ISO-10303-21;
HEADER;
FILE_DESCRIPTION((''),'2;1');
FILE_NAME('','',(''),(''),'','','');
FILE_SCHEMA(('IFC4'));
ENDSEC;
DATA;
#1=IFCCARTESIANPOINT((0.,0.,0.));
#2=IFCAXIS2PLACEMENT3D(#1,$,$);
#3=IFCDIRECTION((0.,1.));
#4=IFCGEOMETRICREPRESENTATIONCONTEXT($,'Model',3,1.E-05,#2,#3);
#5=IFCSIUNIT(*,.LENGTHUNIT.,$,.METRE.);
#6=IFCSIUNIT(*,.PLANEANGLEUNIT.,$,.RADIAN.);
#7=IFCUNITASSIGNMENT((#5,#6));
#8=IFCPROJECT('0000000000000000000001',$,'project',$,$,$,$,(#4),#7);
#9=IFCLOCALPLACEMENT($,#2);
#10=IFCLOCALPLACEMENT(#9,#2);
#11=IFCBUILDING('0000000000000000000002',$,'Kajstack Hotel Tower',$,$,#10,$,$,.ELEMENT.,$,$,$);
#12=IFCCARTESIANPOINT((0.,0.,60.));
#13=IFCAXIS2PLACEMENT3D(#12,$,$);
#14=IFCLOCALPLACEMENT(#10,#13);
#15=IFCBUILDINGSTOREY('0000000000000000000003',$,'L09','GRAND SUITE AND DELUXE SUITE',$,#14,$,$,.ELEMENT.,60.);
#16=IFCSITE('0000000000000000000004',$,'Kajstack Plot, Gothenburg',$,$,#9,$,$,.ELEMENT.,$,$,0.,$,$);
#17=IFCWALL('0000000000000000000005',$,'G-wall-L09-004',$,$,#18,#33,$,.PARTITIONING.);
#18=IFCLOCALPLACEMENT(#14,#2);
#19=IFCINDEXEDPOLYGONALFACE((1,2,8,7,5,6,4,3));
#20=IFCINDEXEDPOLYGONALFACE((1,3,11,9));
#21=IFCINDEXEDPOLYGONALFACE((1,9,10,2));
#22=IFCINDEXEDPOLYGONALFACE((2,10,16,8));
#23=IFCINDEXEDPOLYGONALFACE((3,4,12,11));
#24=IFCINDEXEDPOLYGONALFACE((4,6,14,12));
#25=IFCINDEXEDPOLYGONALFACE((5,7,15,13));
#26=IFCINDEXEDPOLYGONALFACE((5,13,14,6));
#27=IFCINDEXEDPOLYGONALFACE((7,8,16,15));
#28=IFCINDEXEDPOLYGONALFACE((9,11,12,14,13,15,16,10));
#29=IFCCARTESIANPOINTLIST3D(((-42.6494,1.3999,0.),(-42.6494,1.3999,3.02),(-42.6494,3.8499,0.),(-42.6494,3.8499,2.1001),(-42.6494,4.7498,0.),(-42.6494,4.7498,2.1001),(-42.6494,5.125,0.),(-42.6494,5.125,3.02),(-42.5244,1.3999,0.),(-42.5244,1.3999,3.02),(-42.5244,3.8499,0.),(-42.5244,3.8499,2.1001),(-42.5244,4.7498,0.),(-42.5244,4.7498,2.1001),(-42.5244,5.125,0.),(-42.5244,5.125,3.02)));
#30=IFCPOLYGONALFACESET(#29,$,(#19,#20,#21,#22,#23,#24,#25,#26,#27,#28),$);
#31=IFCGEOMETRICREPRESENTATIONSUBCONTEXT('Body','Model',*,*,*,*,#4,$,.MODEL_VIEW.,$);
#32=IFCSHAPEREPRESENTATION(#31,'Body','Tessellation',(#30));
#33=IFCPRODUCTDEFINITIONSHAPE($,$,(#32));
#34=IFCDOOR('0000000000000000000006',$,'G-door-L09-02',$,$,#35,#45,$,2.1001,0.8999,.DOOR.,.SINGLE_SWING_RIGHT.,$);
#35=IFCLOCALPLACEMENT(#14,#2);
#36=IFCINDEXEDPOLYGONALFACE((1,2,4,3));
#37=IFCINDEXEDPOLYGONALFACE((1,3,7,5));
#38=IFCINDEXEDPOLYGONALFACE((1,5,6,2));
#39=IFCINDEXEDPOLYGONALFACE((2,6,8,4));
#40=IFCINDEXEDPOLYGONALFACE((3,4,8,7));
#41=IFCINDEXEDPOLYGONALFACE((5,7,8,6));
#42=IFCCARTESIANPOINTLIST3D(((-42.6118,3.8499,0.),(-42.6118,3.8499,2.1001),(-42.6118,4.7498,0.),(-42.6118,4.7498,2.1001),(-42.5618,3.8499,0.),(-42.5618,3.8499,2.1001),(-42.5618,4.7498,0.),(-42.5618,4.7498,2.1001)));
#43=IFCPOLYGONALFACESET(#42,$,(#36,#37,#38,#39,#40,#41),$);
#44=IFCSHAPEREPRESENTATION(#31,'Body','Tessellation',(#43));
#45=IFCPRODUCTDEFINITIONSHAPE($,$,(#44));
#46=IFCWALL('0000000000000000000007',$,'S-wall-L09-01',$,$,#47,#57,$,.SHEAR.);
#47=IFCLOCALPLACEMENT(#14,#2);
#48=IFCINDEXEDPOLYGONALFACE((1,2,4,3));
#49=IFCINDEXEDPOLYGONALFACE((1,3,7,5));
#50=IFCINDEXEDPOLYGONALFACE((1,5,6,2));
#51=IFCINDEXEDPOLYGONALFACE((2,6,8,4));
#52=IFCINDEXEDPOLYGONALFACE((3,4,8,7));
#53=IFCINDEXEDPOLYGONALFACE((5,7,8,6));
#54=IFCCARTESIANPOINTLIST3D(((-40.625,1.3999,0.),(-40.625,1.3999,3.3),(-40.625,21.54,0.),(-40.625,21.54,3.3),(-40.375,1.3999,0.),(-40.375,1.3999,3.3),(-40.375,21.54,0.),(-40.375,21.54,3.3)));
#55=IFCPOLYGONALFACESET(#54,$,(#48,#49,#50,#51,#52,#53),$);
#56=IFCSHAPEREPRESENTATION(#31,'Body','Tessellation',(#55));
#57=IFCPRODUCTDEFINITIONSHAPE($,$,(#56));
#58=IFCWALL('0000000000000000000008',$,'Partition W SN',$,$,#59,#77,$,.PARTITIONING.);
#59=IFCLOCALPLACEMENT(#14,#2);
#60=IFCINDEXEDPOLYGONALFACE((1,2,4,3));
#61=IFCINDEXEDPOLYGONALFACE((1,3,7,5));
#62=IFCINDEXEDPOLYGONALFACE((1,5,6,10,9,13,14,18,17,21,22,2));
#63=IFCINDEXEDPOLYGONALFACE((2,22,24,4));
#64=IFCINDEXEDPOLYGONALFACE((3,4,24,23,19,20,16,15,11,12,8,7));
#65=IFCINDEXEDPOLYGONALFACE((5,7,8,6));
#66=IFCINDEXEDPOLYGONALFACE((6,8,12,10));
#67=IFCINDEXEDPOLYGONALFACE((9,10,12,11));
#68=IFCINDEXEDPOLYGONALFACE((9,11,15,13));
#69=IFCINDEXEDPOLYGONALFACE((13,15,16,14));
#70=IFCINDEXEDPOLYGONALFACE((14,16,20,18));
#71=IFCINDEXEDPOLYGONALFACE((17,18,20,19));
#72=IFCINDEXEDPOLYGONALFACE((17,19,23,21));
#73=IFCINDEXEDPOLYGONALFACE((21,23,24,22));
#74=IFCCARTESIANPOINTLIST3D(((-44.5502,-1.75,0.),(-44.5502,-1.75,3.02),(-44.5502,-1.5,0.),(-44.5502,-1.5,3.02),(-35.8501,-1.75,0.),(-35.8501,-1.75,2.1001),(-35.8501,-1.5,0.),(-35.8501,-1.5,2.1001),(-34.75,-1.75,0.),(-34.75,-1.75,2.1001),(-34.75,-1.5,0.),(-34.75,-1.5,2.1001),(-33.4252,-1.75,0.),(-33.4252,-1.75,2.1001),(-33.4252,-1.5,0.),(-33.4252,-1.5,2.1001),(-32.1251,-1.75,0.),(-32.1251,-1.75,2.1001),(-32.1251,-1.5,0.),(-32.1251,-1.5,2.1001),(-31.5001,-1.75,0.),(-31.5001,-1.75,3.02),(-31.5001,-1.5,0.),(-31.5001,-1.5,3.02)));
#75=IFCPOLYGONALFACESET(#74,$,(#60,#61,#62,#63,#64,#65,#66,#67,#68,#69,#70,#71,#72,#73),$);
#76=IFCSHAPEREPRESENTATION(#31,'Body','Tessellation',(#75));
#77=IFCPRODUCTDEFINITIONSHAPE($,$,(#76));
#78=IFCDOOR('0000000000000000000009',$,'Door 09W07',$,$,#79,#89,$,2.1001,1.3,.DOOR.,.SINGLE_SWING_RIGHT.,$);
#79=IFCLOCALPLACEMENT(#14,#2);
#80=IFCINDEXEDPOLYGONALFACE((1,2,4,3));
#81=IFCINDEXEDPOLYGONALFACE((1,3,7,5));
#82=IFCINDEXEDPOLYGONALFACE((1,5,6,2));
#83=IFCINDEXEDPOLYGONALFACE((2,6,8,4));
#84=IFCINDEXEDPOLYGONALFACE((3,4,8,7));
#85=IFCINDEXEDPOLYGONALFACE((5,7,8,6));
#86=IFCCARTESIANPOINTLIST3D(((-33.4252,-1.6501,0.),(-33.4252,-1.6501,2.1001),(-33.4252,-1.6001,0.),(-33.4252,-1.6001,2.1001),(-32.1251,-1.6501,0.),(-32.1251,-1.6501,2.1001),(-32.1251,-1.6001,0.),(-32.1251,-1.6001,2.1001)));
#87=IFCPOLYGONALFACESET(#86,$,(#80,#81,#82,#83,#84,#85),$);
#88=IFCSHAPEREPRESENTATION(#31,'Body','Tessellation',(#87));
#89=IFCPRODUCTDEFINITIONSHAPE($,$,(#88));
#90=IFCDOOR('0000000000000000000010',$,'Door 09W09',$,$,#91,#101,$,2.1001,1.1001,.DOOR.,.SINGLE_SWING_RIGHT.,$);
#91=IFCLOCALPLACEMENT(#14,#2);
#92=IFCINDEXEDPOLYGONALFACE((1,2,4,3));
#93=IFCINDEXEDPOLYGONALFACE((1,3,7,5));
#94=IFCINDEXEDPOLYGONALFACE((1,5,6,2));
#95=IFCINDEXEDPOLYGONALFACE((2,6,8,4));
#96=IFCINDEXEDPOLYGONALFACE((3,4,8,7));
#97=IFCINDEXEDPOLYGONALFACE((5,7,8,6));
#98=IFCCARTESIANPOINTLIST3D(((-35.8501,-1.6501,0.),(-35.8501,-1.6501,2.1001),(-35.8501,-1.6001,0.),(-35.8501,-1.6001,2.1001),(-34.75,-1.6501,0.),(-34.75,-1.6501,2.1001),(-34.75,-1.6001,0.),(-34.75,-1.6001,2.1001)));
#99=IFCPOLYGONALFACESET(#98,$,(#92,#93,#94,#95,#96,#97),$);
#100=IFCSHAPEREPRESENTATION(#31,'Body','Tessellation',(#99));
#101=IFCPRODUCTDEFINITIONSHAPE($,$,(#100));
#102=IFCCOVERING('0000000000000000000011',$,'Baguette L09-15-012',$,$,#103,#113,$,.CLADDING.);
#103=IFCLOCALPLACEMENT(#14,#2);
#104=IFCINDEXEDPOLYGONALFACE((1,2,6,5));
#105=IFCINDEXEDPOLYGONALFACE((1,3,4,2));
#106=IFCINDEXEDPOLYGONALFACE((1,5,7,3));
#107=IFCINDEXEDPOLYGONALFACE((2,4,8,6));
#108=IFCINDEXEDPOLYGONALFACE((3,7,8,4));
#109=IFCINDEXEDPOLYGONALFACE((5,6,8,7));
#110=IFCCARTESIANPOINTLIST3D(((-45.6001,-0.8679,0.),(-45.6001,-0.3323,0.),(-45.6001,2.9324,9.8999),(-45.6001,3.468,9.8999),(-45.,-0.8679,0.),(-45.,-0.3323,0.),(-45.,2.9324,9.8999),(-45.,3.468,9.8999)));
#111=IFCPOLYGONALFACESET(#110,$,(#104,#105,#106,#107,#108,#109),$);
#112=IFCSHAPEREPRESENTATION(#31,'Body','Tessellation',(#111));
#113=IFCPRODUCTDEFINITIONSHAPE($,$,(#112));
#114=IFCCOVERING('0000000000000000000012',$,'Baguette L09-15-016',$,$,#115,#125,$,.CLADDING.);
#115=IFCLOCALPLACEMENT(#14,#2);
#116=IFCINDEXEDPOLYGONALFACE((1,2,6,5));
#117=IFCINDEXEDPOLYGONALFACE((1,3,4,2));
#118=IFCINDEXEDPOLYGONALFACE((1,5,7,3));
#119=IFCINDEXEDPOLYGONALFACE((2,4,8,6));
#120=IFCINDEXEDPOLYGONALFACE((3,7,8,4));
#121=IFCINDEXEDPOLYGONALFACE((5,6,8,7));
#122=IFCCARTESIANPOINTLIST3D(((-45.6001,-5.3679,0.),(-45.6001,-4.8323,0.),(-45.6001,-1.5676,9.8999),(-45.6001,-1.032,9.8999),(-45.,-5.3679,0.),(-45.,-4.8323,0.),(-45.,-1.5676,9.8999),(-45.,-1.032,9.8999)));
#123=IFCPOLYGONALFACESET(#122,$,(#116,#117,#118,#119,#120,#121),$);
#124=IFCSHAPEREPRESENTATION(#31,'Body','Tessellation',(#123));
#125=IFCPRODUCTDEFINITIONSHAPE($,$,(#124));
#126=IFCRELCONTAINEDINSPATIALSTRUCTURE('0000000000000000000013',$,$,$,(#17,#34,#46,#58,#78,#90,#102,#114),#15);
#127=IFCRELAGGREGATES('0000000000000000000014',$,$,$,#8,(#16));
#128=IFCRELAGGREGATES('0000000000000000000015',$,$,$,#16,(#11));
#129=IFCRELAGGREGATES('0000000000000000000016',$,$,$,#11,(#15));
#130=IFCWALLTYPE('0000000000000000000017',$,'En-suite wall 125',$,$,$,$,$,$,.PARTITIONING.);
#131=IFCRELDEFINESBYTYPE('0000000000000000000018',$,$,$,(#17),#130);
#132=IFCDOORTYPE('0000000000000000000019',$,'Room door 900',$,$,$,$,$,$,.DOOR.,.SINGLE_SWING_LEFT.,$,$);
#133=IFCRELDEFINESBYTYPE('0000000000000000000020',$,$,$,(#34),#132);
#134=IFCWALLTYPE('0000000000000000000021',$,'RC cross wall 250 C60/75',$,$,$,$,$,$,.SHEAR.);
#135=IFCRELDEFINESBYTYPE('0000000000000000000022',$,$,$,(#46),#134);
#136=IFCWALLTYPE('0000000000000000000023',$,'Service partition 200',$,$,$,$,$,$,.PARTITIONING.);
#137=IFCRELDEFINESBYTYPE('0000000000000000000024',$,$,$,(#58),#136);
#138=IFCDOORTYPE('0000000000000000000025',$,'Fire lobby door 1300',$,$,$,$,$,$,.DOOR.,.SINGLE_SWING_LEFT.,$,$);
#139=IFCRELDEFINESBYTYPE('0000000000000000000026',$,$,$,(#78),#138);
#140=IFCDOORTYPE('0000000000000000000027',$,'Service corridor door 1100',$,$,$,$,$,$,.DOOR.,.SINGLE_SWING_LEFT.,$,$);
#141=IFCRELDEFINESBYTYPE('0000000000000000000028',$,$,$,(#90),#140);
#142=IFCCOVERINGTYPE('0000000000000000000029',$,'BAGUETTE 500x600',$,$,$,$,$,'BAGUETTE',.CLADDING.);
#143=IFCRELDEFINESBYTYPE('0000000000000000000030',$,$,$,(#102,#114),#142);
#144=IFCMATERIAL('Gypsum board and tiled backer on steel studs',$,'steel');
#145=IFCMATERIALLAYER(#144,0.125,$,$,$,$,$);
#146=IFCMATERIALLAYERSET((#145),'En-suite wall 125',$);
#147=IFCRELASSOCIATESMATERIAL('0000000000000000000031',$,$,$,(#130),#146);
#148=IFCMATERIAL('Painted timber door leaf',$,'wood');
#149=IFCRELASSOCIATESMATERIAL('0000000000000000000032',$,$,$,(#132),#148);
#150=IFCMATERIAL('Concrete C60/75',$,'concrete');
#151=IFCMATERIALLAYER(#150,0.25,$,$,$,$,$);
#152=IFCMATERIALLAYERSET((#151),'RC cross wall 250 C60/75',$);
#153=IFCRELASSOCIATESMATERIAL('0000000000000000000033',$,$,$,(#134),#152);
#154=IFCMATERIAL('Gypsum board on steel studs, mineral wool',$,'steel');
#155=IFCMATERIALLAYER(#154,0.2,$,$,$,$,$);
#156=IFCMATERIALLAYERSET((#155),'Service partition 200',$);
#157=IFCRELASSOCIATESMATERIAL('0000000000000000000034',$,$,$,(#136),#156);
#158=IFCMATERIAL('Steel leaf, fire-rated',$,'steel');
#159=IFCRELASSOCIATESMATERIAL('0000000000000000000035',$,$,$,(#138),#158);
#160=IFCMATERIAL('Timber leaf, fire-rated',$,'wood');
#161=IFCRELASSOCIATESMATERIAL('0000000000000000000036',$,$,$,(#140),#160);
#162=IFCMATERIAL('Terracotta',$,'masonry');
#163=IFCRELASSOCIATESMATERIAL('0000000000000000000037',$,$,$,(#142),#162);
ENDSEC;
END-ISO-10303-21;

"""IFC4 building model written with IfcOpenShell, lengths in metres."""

from ifc_helpers import new_model, si_unit, direction, frame, frame_2d, origin, origin_2d, place, context, subcontext, project, spatial, polyline, rectangle, outline, extrude, material, layer, layer_set, material_profile, profile_set, type_object, element, fill, save


model = new_model("IFC4")

# Units and contexts
model_context = context("Model", 3, precision=1e-05, world=origin(), true_north=direction((0.0, 1.0)))
body_context = subcontext(model_context, "Body", "Model", "MODEL_VIEW")
ifc_project = project(units=[si_unit("LENGTHUNIT", "METRE"), si_unit("PLANEANGLEUNIT", "RADIAN")], contexts=[model_context])

# Site, building, storey
site_placement = place(None, origin())
site = spatial("IfcSite", under=ifc_project, at=site_placement, Name="Kajstack Plot, Gothenburg", CompositionType="ELEMENT", RefElevation=0.0)
building_placement = place(site_placement, origin())
building = spatial("IfcBuilding", under=site, at=building_placement, Name="Kajstack Hotel Tower", CompositionType="ELEMENT")
storey_placement = place(building_placement, frame((0.0, 0.0, 60.0)))
storey = spatial("IfcBuildingStorey", under=building, at=storey_placement, Name="L09", Description="GRAND SUITE AND DELUXE SUITE", CompositionType="ELEMENT", Elevation=60.0)

# Shared definitions
ifc_material_1 = material(Name="Gypsum board on steel studs, mineral wool", Category="steel")

# Wall, opening, door
ifc_material_2 = material(Name="Gypsum board and tiled backer on steel studs", Category="steel")
ifc_layer_1 = layer(ifc_material_2, 0.125)
ifc_layer_set_1 = layer_set([ifc_layer_1], Name="En-suite wall 125")
wall_type_1 = type_object("IfcWallType", Name="En-suite wall 125", PredefinedType="PARTITIONING", material=ifc_layer_set_1)
wall_1_placement = place(storey_placement, frame((-42.5869, 1.3999, 0.0), z_axis=(0.0, 0.0, 1.0), x_axis=(0.0, 1.0, 0.0)))
wall_1 = element("IfcWall", 1, at=wall_1_placement, inside=storey, type_object=wall_type_1, Name="G-wall-L09-004", PredefinedType="PARTITIONING", context=body_context, shape_type="SweptSolid", body=[
    extrude(rectangle(XDim=3.7251, YDim=0.125, at=frame_2d((1.8625, 0.0))), origin(), (0.0, 0.0, 1.0), 3.02),
])
opening_1_placement = place(wall_1_placement, frame((2.45, 0.0, 0.0)))
opening_1 = element("IfcOpeningElement", 2, at=opening_1_placement, cuts=wall_1, PredefinedType="OPENING", context=body_context, shape_type="SweptSolid", body=[
    extrude(rectangle(XDim=0.8999, YDim=2.1001, at=frame_2d((0.45, 1.05))), frame((0.0, 0.0725, 0.0), z_axis=(0.0, -1.0, 0.0), x_axis=(1.0, 0.0, 0.0)), (0.0, 0.0, 1.0), 0.145),
])
ifc_material_3 = material(Name="Painted timber door leaf", Category="wood")
door_type_1 = type_object("IfcDoorType", Name="Room door 900", OperationType="SINGLE_SWING_LEFT", PredefinedType="DOOR", material=ifc_material_3)
door_1_placement = place(opening_1_placement, origin())
door_1 = element("IfcDoor", 3, at=door_1_placement, inside=storey, type_object=door_type_1, Name="G-door-L09-02", OperationType="SINGLE_SWING_RIGHT", OverallHeight=2.1001, OverallWidth=0.8999, PredefinedType="DOOR", context=body_context, shape_type="SweptSolid", body=[
    extrude(rectangle(XDim=0.8999, YDim=2.1001, at=frame_2d((0.45, 1.05))), frame((0.0, 0.0249, 0.0), z_axis=(0.0, -1.0, 0.0), x_axis=(1.0, 0.0, 0.0)), (0.0, 0.0, 1.0), 0.05),
])
fill(opening_1, door_1)

# Wall
ifc_material_4 = material(Name="Concrete C60/75", Category="concrete")
ifc_layer_2 = layer(ifc_material_4, 0.25)
ifc_layer_set_2 = layer_set([ifc_layer_2], Name="RC cross wall 250 C60/75")
wall_type_2 = type_object("IfcWallType", Name="RC cross wall 250 C60/75", PredefinedType="SHEAR", material=ifc_layer_set_2)
wall_2_placement = place(storey_placement, frame((-40.5, 1.3999, 0.0), z_axis=(0.0, 0.0, 1.0), x_axis=(0.0, 1.0, 0.0)))
element("IfcWall", 4, at=wall_2_placement, inside=storey, type_object=wall_type_2, Name="S-wall-L09-01", PredefinedType="SHEAR", context=body_context, shape_type="SweptSolid", body=[
    extrude(rectangle(XDim=20.1401, YDim=0.25, at=frame_2d((10.0701, 0.0))), origin(), (0.0, 0.0, 1.0), 3.3),
])

# Wall, openings, doors
ifc_layer_3 = layer(ifc_material_1, 0.2)
ifc_layer_set_3 = layer_set([ifc_layer_3], Name="Service partition 200")
wall_type_3 = type_object("IfcWallType", Name="Service partition 200", PredefinedType="PARTITIONING", material=ifc_layer_set_3)
wall_3_placement = place(storey_placement, frame((-44.55, -1.625, 0.0), z_axis=(0.0, 0.0, 1.0), x_axis=(1.0, 0.0, 0.0)))
wall_3 = element("IfcWall", 5, at=wall_3_placement, inside=storey, type_object=wall_type_3, Name="Partition W SN", PredefinedType="PARTITIONING", context=body_context, shape_type="SweptSolid", body=[
    extrude(rectangle(XDim=13.05, YDim=0.25, at=frame_2d((6.5249, 0.0))), origin(), (0.0, 0.0, 1.0), 3.02),
])
opening_2_placement = place(wall_3_placement, frame((11.125, 0.0, 0.0)))
opening_2 = element("IfcOpeningElement", 6, at=opening_2_placement, cuts=wall_3, PredefinedType="OPENING", context=body_context, shape_type="SweptSolid", body=[
    extrude(rectangle(XDim=1.3, YDim=2.1001, at=frame_2d((0.6499, 1.05))), frame((0.0, 0.135, 0.0), z_axis=(0.0, -1.0, 0.0), x_axis=(1.0, 0.0, 0.0)), (0.0, 0.0, 1.0), 0.27),
])
opening_3_placement = place(wall_3_placement, frame((8.7, 0.0, 0.0)))
opening_3 = element("IfcOpeningElement", 7, at=opening_3_placement, cuts=wall_3, PredefinedType="OPENING", context=body_context, shape_type="SweptSolid", body=[
    extrude(rectangle(XDim=1.1001, YDim=2.1001, at=frame_2d((0.55, 1.05))), frame((0.0, 0.135, 0.0), z_axis=(0.0, -1.0, 0.0), x_axis=(1.0, 0.0, 0.0)), (0.0, 0.0, 1.0), 0.27),
])
ifc_material_5 = material(Name="Steel leaf, fire-rated", Category="steel")
door_type_2 = type_object("IfcDoorType", Name="Fire lobby door 1300", OperationType="SINGLE_SWING_LEFT", PredefinedType="DOOR", material=ifc_material_5)
door_2_placement = place(opening_2_placement, origin())
door_2 = element("IfcDoor", 8, at=door_2_placement, inside=storey, type_object=door_type_2, Name="Door 09W07", OperationType="SINGLE_SWING_RIGHT", OverallHeight=2.1001, OverallWidth=1.3, PredefinedType="DOOR", context=body_context, shape_type="SweptSolid", body=[
    extrude(rectangle(XDim=1.3, YDim=2.1001, at=frame_2d((0.6499, 1.05))), frame((0.0, 0.0249, 0.0), z_axis=(0.0, -1.0, 0.0), x_axis=(1.0, 0.0, 0.0)), (0.0, 0.0, 1.0), 0.05),
])
fill(opening_2, door_2)
ifc_material_6 = material(Name="Timber leaf, fire-rated", Category="wood")
door_type_3 = type_object("IfcDoorType", Name="Service corridor door 1100", OperationType="SINGLE_SWING_LEFT", PredefinedType="DOOR", material=ifc_material_6)
door_3_placement = place(opening_3_placement, origin())
door_3 = element("IfcDoor", 9, at=door_3_placement, inside=storey, type_object=door_type_3, Name="Door 09W09", OperationType="SINGLE_SWING_RIGHT", OverallHeight=2.1001, OverallWidth=1.1001, PredefinedType="DOOR", context=body_context, shape_type="SweptSolid", body=[
    extrude(rectangle(XDim=1.1001, YDim=2.1001, at=frame_2d((0.55, 1.05))), frame((0.0, 0.0249, 0.0), z_axis=(0.0, -1.0, 0.0), x_axis=(1.0, 0.0, 0.0)), (0.0, 0.0, 1.0), 0.05),
])
fill(opening_3, door_3)

# Coverings
ifc_material_7 = material(Name="Terracotta", Category="masonry")
ifc_material_profile = material_profile(ifc_material_7, rectangle(XDim=0.6001, YDim=0.5, at=origin_2d()), Name="Terracotta-clad concrete baguette 500 x 600")
ifc_profile_set = profile_set([ifc_material_profile], Name="Terracotta")
covering_type = type_object("IfcCoveringType", Name="BAGUETTE 500x600", ElementType="BAGUETTE", PredefinedType="CLADDING", material=ifc_profile_set)
for number, where, z_axis, x_axis, name in (
    (10, (-45.0, 3.468, 0.0), (-1.0, 0.0, 0.0), (0.0, -1.0, 0.0), "Baguette L09-15-012"),
    (11, (-45.0, -1.032, 0.0), (-1.0, 0.0, 0.0), (0.0, -1.0, 0.0), "Baguette L09-15-016"),
):
    element("IfcCovering", number, at=place(storey_placement, frame(where, z_axis=z_axis, x_axis=x_axis)), inside=storey, type_object=covering_type, Name=name, PredefinedType="CLADDING", context=body_context, shape_type="SweptSolid", body=[
        extrude(outline(polyline([(0.0, 9.8999), (3.8003, 0.0), (4.3359, 0.0), (0.5356, 9.8999), (0.0, 9.8999)])), origin(), (0.0, 0.0, 1.0), 0.6001),
    ])

save(model, "model.ifc")
